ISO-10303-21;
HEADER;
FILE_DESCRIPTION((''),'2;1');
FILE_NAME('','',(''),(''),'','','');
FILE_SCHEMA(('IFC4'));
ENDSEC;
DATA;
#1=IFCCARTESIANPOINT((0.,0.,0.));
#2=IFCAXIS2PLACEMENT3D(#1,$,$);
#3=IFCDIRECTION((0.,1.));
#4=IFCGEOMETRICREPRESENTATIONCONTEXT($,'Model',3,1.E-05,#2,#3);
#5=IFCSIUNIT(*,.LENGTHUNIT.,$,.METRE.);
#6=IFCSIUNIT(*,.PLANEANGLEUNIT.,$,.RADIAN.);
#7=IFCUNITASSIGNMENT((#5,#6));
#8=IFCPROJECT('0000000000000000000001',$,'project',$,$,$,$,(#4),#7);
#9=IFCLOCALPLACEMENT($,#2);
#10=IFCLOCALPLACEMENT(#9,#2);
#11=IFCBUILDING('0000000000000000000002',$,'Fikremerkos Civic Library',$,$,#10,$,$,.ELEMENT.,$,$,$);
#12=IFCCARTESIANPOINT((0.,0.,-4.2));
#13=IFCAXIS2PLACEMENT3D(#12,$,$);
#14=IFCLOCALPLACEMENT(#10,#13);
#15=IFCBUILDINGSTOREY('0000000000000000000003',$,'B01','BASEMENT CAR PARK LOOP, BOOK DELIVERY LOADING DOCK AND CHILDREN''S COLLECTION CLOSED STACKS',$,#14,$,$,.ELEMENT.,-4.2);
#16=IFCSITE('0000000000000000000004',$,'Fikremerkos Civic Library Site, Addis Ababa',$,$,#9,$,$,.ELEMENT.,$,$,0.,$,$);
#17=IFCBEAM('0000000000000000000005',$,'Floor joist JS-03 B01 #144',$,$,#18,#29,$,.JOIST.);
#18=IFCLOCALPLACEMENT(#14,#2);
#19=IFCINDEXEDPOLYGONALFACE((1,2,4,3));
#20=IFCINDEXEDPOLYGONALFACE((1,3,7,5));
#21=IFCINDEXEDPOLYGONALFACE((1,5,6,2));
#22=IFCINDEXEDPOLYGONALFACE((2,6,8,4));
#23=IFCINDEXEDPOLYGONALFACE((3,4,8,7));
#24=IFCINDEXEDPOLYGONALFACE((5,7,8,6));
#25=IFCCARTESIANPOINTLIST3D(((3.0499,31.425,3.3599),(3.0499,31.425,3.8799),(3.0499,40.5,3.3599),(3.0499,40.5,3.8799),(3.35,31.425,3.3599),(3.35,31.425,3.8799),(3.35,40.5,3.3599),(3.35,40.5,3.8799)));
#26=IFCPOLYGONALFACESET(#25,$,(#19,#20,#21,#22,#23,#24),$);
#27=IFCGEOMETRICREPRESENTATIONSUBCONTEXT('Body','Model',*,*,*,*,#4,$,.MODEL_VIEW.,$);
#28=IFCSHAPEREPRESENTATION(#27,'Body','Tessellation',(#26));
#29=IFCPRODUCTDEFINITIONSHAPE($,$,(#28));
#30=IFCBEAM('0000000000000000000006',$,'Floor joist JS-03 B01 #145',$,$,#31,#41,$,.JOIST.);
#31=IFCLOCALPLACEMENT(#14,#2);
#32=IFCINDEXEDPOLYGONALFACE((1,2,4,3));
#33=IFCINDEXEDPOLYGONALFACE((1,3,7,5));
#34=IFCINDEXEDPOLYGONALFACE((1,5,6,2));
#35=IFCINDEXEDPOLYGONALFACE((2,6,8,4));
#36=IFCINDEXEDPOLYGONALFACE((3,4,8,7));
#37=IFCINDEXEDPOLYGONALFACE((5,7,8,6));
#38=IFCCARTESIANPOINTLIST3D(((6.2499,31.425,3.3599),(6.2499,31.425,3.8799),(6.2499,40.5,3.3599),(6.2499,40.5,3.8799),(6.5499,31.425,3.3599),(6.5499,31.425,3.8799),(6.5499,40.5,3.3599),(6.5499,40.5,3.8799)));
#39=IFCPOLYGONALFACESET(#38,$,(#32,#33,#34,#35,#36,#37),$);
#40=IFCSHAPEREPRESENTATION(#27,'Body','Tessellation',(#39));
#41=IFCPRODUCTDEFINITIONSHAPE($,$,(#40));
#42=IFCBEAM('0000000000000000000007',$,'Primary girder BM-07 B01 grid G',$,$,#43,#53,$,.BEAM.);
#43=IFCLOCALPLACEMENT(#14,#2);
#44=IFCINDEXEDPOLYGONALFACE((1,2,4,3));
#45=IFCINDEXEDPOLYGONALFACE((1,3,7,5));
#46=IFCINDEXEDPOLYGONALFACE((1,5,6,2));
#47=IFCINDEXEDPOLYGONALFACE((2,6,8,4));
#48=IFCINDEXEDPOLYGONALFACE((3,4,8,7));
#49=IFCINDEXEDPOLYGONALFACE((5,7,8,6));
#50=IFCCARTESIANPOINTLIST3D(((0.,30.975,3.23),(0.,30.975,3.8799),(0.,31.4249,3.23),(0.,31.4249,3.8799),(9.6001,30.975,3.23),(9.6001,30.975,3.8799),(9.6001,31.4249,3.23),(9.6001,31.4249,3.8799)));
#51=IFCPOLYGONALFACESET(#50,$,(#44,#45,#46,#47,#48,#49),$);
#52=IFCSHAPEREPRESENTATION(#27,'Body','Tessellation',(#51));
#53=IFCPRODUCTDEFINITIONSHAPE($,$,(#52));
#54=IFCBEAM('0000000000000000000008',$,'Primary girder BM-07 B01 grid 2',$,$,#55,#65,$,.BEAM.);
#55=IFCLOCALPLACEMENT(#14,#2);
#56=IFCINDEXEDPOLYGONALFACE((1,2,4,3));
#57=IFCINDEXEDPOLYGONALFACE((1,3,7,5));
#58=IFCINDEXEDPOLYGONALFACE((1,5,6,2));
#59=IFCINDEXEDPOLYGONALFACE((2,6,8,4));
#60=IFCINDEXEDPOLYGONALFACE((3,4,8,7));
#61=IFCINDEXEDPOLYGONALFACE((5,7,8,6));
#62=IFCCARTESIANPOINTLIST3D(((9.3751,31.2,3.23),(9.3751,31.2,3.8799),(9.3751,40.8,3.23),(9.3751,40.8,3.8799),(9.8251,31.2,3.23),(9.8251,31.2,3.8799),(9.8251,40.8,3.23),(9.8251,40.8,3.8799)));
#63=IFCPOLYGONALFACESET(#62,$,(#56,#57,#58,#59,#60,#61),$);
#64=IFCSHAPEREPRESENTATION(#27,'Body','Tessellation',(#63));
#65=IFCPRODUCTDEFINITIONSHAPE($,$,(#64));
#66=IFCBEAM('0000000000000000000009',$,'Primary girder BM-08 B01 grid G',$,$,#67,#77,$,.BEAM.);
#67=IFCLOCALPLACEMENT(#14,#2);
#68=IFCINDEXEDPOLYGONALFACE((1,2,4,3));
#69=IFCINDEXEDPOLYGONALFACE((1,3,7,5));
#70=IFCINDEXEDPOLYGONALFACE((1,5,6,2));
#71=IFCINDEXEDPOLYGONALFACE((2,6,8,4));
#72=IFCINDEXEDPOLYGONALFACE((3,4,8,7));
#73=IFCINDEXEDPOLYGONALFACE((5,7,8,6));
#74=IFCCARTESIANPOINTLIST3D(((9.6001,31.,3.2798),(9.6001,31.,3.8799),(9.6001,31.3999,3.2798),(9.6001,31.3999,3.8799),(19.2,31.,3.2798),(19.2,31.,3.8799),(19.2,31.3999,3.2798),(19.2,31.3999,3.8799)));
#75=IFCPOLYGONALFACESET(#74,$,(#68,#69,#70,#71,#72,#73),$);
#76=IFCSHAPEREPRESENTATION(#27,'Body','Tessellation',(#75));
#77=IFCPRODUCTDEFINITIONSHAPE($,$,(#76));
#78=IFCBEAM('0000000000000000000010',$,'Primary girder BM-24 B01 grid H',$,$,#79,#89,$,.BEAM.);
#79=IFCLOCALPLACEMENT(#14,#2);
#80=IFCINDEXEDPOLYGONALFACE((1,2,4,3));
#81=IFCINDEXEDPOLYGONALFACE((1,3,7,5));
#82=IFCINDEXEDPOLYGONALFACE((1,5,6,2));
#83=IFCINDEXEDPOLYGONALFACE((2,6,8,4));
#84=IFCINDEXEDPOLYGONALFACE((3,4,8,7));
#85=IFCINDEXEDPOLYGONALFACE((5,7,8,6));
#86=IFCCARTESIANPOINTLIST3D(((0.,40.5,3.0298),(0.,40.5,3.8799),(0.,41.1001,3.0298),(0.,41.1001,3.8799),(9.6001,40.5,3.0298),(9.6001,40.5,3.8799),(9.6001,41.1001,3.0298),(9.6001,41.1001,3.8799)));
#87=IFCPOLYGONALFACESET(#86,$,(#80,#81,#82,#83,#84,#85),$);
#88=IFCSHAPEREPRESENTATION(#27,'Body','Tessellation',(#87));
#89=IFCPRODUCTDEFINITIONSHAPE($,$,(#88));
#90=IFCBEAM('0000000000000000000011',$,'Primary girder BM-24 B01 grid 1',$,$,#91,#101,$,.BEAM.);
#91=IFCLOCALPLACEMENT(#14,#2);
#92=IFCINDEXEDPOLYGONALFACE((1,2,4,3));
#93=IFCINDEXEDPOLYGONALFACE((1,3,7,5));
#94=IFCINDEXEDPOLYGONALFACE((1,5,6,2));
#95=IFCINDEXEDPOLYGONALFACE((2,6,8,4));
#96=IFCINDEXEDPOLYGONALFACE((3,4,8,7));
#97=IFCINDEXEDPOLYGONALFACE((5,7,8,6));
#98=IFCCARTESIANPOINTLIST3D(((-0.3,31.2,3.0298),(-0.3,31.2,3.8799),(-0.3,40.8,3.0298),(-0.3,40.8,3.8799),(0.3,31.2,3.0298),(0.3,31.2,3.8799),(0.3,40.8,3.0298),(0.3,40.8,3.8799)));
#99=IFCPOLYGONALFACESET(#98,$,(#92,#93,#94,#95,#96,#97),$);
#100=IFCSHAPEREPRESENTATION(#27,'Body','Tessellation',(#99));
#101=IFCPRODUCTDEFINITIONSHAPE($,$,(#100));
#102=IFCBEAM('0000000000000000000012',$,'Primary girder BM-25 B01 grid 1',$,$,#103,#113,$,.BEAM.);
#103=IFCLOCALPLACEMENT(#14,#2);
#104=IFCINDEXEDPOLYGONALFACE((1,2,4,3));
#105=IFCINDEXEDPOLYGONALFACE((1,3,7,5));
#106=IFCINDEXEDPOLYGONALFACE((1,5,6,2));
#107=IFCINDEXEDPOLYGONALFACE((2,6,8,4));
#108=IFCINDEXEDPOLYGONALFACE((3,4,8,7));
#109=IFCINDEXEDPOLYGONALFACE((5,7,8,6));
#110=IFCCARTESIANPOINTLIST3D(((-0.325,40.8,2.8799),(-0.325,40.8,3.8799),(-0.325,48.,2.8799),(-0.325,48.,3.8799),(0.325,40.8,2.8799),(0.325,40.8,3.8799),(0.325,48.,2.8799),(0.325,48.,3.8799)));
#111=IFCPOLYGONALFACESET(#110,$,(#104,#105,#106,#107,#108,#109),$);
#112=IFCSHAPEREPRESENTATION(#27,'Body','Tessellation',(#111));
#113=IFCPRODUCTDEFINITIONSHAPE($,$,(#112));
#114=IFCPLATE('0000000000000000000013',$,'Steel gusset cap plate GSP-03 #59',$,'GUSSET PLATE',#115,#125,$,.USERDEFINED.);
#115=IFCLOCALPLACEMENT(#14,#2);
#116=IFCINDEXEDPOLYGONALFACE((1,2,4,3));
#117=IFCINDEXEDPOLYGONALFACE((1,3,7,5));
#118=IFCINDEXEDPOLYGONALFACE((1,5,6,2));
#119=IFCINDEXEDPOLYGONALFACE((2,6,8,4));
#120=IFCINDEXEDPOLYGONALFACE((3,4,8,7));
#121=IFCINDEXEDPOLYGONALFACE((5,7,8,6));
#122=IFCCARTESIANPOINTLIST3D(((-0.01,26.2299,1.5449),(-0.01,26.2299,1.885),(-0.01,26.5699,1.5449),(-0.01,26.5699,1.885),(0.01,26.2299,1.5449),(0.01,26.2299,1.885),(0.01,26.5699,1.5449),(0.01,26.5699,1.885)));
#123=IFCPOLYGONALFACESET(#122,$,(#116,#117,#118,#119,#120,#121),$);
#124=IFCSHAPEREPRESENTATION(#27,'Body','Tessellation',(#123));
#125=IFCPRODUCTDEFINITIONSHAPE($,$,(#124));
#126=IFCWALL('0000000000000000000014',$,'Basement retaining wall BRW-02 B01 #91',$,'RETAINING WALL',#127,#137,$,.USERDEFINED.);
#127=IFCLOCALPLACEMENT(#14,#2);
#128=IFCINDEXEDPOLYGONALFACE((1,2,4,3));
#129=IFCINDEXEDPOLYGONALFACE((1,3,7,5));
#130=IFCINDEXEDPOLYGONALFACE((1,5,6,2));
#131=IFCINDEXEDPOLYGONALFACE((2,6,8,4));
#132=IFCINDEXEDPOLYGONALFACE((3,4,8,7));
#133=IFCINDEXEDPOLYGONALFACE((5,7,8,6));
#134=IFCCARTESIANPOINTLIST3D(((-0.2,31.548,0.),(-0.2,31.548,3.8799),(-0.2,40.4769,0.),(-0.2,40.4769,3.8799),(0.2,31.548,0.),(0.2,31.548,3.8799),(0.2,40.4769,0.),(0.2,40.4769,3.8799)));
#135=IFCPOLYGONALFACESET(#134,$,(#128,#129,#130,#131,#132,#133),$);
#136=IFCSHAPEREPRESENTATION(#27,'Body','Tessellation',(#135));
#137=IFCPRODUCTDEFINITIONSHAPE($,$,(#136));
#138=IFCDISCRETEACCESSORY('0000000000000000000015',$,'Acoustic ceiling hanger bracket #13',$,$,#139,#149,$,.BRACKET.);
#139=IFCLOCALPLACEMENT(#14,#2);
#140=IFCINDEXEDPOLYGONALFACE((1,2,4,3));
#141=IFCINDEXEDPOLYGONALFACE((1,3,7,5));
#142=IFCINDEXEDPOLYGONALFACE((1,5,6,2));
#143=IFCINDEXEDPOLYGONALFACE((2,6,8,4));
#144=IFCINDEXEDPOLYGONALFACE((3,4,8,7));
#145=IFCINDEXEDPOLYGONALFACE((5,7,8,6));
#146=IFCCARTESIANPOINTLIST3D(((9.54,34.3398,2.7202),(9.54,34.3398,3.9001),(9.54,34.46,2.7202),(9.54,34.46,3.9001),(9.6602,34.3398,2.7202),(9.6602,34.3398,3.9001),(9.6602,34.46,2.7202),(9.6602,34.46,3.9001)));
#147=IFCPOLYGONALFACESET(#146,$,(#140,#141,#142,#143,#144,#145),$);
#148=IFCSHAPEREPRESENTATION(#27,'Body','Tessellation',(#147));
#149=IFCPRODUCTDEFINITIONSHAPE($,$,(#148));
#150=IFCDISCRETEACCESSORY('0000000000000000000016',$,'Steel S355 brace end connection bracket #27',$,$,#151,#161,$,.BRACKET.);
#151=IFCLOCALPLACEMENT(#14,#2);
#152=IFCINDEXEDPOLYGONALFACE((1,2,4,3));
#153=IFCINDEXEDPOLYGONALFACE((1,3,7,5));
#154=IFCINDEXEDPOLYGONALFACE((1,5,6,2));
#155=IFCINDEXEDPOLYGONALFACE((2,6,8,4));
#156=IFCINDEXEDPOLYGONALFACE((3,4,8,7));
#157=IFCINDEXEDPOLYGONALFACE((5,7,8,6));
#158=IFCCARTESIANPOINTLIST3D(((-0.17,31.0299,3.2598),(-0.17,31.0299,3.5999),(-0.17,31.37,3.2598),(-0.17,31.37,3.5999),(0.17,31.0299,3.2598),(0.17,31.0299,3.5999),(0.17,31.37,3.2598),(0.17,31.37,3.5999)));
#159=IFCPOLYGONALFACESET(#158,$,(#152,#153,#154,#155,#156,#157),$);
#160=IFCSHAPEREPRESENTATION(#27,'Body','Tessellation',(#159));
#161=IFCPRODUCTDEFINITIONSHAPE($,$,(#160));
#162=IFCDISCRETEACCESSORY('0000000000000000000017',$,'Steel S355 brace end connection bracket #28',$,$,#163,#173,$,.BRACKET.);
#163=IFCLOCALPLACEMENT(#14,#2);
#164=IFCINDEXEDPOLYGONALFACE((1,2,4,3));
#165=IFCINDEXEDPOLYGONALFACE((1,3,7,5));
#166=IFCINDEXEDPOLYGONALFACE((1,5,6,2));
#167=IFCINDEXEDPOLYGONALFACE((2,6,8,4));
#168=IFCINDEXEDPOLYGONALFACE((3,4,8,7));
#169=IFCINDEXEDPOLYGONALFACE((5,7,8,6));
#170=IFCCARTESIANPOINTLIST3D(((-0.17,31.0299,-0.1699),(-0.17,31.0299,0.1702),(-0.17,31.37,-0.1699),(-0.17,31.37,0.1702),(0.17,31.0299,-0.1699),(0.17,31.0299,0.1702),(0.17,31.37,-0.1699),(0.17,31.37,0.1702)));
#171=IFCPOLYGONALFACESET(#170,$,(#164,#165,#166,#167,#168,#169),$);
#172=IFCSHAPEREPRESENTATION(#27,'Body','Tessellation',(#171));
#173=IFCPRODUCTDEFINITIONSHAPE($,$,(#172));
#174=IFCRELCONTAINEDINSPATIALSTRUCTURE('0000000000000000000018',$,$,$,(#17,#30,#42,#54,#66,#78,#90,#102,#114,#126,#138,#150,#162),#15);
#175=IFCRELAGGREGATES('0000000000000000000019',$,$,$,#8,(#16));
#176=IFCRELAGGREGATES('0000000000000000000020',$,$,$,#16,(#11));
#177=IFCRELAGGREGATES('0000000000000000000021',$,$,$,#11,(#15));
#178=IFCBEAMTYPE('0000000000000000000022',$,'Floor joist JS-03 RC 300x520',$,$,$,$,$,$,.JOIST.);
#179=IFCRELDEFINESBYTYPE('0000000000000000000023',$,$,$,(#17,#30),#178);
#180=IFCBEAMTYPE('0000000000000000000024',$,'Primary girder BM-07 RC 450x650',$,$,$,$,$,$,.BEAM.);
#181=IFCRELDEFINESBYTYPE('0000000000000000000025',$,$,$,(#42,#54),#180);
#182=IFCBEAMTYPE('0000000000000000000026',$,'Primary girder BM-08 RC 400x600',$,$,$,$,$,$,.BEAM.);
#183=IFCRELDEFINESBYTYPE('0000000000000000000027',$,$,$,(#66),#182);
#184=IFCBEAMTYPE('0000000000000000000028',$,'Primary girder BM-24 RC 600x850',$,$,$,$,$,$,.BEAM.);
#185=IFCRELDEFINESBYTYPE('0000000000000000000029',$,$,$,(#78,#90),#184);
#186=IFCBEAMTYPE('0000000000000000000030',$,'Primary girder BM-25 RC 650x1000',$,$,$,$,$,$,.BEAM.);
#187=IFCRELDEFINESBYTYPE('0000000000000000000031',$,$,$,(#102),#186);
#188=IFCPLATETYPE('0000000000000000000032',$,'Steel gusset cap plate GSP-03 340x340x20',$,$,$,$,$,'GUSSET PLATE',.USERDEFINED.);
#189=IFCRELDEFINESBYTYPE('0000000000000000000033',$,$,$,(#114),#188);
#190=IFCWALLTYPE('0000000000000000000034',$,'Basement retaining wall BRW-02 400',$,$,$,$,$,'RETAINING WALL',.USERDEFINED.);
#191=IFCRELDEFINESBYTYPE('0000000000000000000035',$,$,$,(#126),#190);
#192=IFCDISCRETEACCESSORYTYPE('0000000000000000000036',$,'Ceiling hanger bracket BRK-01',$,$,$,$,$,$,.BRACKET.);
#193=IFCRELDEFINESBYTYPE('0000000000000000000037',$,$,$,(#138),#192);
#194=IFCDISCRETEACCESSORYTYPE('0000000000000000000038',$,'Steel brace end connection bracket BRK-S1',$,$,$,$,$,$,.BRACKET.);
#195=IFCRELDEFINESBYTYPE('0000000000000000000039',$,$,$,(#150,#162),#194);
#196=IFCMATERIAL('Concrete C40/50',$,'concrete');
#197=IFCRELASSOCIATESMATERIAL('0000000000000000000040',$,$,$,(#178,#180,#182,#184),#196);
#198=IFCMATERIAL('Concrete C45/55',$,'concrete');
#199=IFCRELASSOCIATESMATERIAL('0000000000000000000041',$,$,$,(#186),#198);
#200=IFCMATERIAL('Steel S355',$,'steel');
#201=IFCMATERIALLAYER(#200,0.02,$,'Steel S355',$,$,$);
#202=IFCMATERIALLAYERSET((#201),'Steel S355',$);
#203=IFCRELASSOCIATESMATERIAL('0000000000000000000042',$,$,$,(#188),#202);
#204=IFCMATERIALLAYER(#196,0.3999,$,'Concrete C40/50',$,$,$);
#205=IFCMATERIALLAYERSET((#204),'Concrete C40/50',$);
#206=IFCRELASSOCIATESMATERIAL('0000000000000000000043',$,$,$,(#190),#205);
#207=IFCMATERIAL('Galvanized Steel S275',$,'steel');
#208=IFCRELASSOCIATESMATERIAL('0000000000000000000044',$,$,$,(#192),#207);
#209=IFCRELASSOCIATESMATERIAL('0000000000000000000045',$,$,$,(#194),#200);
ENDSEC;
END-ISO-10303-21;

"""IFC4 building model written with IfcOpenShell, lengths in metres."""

from ifc_helpers import new_model, si_unit, direction, frame, frame_2d, origin, origin_2d, place, context, subcontext, project, spatial, rectangle, extrude, material, layer, layer_set, material_profile, profile_set, type_object, element, save


model = new_model("IFC4")

# Units and contexts
model_context = context("Model", 3, precision=1e-05, world=origin(), true_north=direction((0.0, 1.0)))
body_context = subcontext(model_context, "Body", "Model", "MODEL_VIEW")
ifc_project = project(units=[si_unit("LENGTHUNIT", "METRE"), si_unit("PLANEANGLEUNIT", "RADIAN")], contexts=[model_context])

# Site, building, storey
site_placement = place(None, origin())
site = spatial("IfcSite", under=ifc_project, at=site_placement, Name="Fikremerkos Civic Library Site, Addis Ababa", CompositionType="ELEMENT", RefElevation=0.0)
building_placement = place(site_placement, origin())
building = spatial("IfcBuilding", under=site, at=building_placement, Name="Fikremerkos Civic Library", CompositionType="ELEMENT")
storey_placement = place(building_placement, frame((0.0, 0.0, -4.2)))
storey = spatial("IfcBuildingStorey", under=building, at=storey_placement, Name="B01", Description="BASEMENT CAR PARK LOOP, BOOK DELIVERY LOADING DOCK AND CHILDREN'S COLLECTION CLOSED STACKS", CompositionType="ELEMENT", Elevation=-4.2)

# Shared definitions
ifc_material_1 = material(Name="Concrete C40/50", Category="concrete")

# Shared definitions
ifc_material_2 = material(Name="Steel S355", Category="steel")

# Beams
ifc_material_profile_1 = material_profile(ifc_material_1, rectangle(XDim=0.3, YDim=0.52, at=origin_2d()), Name="RC 300x520")
ifc_profile_set_1 = profile_set([ifc_material_profile_1], Name="Concrete C40/50")
beam_type_1 = type_object("IfcBeamType", Name="Floor joist JS-03 RC 300x520", PredefinedType="JOIST", material=ifc_profile_set_1)
for number, where, z_axis, x_axis, name in (
    (1, (3.2, 31.425, 3.6199), (0.0, 1.0, 0.0), (-1.0, 0.0, 0.0), "Floor joist JS-03 B01 #144"),
    (2, (6.3999, 31.425, 3.6199), (0.0, 1.0, 0.0), (-1.0, 0.0, 0.0), "Floor joist JS-03 B01 #145"),
):
    element("IfcBeam", number, at=place(storey_placement, frame(where, z_axis=z_axis, x_axis=x_axis)), inside=storey, type_object=beam_type_1, Name=name, PredefinedType="JOIST", context=body_context, shape_type="SweptSolid", body=[
        extrude(rectangle(XDim=0.3, YDim=0.52, at=origin_2d()), origin(), (0.0, 0.0, 1.0), 9.075),
    ])
ifc_material_profile_2 = material_profile(ifc_material_1, rectangle(XDim=0.45, YDim=0.6499, at=origin_2d()), Name="RC 450x650")
ifc_profile_set_2 = profile_set([ifc_material_profile_2], Name="Concrete C40/50")
beam_type_2 = type_object("IfcBeamType", Name="Primary girder BM-07 RC 450x650", PredefinedType="BEAM", material=ifc_profile_set_2)
for number, where, z_axis, x_axis, name in (
    (3, (0.0, 31.2, 3.5549), (1.0, 0.0, 0.0), (0.0, 1.0, 0.0), "Primary girder BM-07 B01 grid G"),
    (4, (9.6001, 31.2, 3.5549), (0.0, 1.0, 0.0), (-1.0, 0.0, 0.0), "Primary girder BM-07 B01 grid 2"),
):
    element("IfcBeam", number, at=place(storey_placement, frame(where, z_axis=z_axis, x_axis=x_axis)), inside=storey, type_object=beam_type_2, Name=name, PredefinedType="BEAM", context=body_context, shape_type="SweptSolid", body=[
        extrude(rectangle(XDim=0.45, YDim=0.6499, at=origin_2d()), origin(), (0.0, 0.0, 1.0), 9.6001),
    ])
ifc_material_profile_3 = material_profile(ifc_material_1, rectangle(XDim=0.3999, YDim=0.6001, at=origin_2d()), Name="RC 400x600")
ifc_profile_set_3 = profile_set([ifc_material_profile_3], Name="Concrete C40/50")
beam_type_3 = type_object("IfcBeamType", Name="Primary girder BM-08 RC 400x600", PredefinedType="BEAM", material=ifc_profile_set_3)
beam_1_placement = place(storey_placement, frame((9.6001, 31.2, 3.5798), z_axis=(1.0, 0.0, 0.0), x_axis=(0.0, 1.0, 0.0)))
element("IfcBeam", 5, at=beam_1_placement, inside=storey, type_object=beam_type_3, Name="Primary girder BM-08 B01 grid G", PredefinedType="BEAM", context=body_context, shape_type="SweptSolid", body=[
    extrude(rectangle(XDim=0.3999, YDim=0.6001, at=origin_2d()), origin(), (0.0, 0.0, 1.0), 9.5999),
])
ifc_material_profile_4 = material_profile(ifc_material_1, rectangle(XDim=0.6001, YDim=0.8501, at=origin_2d()), Name="RC 600x850")
ifc_profile_set_4 = profile_set([ifc_material_profile_4], Name="Concrete C40/50")
beam_type_4 = type_object("IfcBeamType", Name="Primary girder BM-24 RC 600x850", PredefinedType="BEAM", material=ifc_profile_set_4)
for number, where, z_axis, x_axis, name in (
    (6, (0.0, 40.8, 3.4548), (1.0, 0.0, 0.0), (0.0, 1.0, 0.0), "Primary girder BM-24 B01 grid H"),
    (7, (0.0, 31.2, 3.4548), (0.0, 1.0, 0.0), (-1.0, 0.0, 0.0), "Primary girder BM-24 B01 grid 1"),
):
    element("IfcBeam", number, at=place(storey_placement, frame(where, z_axis=z_axis, x_axis=x_axis)), inside=storey, type_object=beam_type_4, Name=name, PredefinedType="BEAM", context=body_context, shape_type="SweptSolid", body=[
        extrude(rectangle(XDim=0.6001, YDim=0.8501, at=origin_2d()), origin(), (0.0, 0.0, 1.0), 9.6001),
    ])
ifc_material_3 = material(Name="Concrete C45/55", Category="concrete")
ifc_material_profile_5 = material_profile(ifc_material_3, rectangle(XDim=0.6499, YDim=1.0, at=origin_2d()), Name="RC 650x1000")
ifc_profile_set_5 = profile_set([ifc_material_profile_5], Name="Concrete C45/55")
beam_type_5 = type_object("IfcBeamType", Name="Primary girder BM-25 RC 650x1000", PredefinedType="BEAM", material=ifc_profile_set_5)
beam_2_placement = place(storey_placement, frame((0.0, 40.8, 3.3799), z_axis=(0.0, 1.0, 0.0), x_axis=(-1.0, 0.0, 0.0)))
element("IfcBeam", 8, at=beam_2_placement, inside=storey, type_object=beam_type_5, Name="Primary girder BM-25 B01 grid 1", PredefinedType="BEAM", context=body_context, shape_type="SweptSolid", body=[
    extrude(rectangle(XDim=0.6499, YDim=1.0, at=origin_2d()), origin(), (0.0, 0.0, 1.0), 7.2),
])

# Plate
ifc_layer_1 = layer(ifc_material_2, 0.02, Name="Steel S355")
ifc_layer_set_1 = layer_set([ifc_layer_1], Name="Steel S355")
plate_type = type_object("IfcPlateType", Name="Steel gusset cap plate GSP-03 340x340x20", ElementType="GUSSET PLATE", PredefinedType="USERDEFINED", material=ifc_layer_set_1)
plate_placement = place(storey_placement, frame((0.0, 26.3999, 1.5449), z_axis=(0.0, 0.0, 1.0), x_axis=(1.0, 0.0, 0.0)))
element("IfcPlate", 9, at=plate_placement, inside=storey, type_object=plate_type, Name="Steel gusset cap plate GSP-03 #59", ObjectType="GUSSET PLATE", PredefinedType="USERDEFINED", context=body_context, shape_type="SweptSolid", body=[
    extrude(rectangle(XDim=0.02, YDim=0.3401, at=origin_2d()), origin(), (0.0, 0.0, 1.0), 0.3401),
])

# Wall
ifc_layer_2 = layer(ifc_material_1, 0.3999, Name="Concrete C40/50")
ifc_layer_set_2 = layer_set([ifc_layer_2], Name="Concrete C40/50")
wall_type = type_object("IfcWallType", Name="Basement retaining wall BRW-02 400", ElementType="RETAINING WALL", PredefinedType="USERDEFINED", material=ifc_layer_set_2)
wall_placement = place(storey_placement, frame((0.0, 31.5481, 0.0), z_axis=(0.0, 0.0, 1.0), x_axis=(0.0, 1.0, 0.0)))
element("IfcWall", 10, at=wall_placement, inside=storey, type_object=wall_type, Name="Basement retaining wall BRW-02 B01 #91", ObjectType="RETAINING WALL", PredefinedType="USERDEFINED", context=body_context, shape_type="SweptSolid", body=[
    extrude(rectangle(XDim=8.929, YDim=0.3999, at=frame_2d((4.4644, 0.0))), origin(), (0.0, 0.0, 1.0), 3.8799),
])

# Discrete accessories
ifc_material_4 = material(Name="Galvanized Steel S275", Category="steel")
discrete_accessory_type_1 = type_object("IfcDiscreteAccessoryType", Name="Ceiling hanger bracket BRK-01", PredefinedType="BRACKET", material=ifc_material_4)
discrete_accessory_placement = place(storey_placement, frame((9.6001, 34.3999, 2.7202), z_axis=(0.0, 0.0, 1.0), x_axis=(1.0, 0.0, 0.0)))
element("IfcDiscreteAccessory", 11, at=discrete_accessory_placement, inside=storey, type_object=discrete_accessory_type_1, Name="Acoustic ceiling hanger bracket #13", PredefinedType="BRACKET", context=body_context, shape_type="SweptSolid", body=[
    extrude(rectangle(XDim=0.1201, YDim=0.1201, at=origin_2d()), origin(), (0.0, 0.0, 1.0), 1.1799),
])
discrete_accessory_type_2 = type_object("IfcDiscreteAccessoryType", Name="Steel brace end connection bracket BRK-S1", PredefinedType="BRACKET", material=ifc_material_2)
for number, where, z_axis, x_axis, name in (
    (12, (0.0, 31.2, 3.2598), (0.0, 0.0, 1.0), (1.0, 0.0, 0.0), "Steel S355 brace end connection bracket #27"),
    (13, (0.0, 31.2, -0.1699), (0.0, 0.0, 1.0), (1.0, 0.0, 0.0), "Steel S355 brace end connection bracket #28"),
):
    element("IfcDiscreteAccessory", number, at=place(storey_placement, frame(where, z_axis=z_axis, x_axis=x_axis)), inside=storey, type_object=discrete_accessory_type_2, Name=name, PredefinedType="BRACKET", context=body_context, shape_type="SweptSolid", body=[
        extrude(rectangle(XDim=0.3401, YDim=0.3401, at=origin_2d()), origin(), (0.0, 0.0, 1.0), 0.3401),
    ])

save(model, "model.ifc")
